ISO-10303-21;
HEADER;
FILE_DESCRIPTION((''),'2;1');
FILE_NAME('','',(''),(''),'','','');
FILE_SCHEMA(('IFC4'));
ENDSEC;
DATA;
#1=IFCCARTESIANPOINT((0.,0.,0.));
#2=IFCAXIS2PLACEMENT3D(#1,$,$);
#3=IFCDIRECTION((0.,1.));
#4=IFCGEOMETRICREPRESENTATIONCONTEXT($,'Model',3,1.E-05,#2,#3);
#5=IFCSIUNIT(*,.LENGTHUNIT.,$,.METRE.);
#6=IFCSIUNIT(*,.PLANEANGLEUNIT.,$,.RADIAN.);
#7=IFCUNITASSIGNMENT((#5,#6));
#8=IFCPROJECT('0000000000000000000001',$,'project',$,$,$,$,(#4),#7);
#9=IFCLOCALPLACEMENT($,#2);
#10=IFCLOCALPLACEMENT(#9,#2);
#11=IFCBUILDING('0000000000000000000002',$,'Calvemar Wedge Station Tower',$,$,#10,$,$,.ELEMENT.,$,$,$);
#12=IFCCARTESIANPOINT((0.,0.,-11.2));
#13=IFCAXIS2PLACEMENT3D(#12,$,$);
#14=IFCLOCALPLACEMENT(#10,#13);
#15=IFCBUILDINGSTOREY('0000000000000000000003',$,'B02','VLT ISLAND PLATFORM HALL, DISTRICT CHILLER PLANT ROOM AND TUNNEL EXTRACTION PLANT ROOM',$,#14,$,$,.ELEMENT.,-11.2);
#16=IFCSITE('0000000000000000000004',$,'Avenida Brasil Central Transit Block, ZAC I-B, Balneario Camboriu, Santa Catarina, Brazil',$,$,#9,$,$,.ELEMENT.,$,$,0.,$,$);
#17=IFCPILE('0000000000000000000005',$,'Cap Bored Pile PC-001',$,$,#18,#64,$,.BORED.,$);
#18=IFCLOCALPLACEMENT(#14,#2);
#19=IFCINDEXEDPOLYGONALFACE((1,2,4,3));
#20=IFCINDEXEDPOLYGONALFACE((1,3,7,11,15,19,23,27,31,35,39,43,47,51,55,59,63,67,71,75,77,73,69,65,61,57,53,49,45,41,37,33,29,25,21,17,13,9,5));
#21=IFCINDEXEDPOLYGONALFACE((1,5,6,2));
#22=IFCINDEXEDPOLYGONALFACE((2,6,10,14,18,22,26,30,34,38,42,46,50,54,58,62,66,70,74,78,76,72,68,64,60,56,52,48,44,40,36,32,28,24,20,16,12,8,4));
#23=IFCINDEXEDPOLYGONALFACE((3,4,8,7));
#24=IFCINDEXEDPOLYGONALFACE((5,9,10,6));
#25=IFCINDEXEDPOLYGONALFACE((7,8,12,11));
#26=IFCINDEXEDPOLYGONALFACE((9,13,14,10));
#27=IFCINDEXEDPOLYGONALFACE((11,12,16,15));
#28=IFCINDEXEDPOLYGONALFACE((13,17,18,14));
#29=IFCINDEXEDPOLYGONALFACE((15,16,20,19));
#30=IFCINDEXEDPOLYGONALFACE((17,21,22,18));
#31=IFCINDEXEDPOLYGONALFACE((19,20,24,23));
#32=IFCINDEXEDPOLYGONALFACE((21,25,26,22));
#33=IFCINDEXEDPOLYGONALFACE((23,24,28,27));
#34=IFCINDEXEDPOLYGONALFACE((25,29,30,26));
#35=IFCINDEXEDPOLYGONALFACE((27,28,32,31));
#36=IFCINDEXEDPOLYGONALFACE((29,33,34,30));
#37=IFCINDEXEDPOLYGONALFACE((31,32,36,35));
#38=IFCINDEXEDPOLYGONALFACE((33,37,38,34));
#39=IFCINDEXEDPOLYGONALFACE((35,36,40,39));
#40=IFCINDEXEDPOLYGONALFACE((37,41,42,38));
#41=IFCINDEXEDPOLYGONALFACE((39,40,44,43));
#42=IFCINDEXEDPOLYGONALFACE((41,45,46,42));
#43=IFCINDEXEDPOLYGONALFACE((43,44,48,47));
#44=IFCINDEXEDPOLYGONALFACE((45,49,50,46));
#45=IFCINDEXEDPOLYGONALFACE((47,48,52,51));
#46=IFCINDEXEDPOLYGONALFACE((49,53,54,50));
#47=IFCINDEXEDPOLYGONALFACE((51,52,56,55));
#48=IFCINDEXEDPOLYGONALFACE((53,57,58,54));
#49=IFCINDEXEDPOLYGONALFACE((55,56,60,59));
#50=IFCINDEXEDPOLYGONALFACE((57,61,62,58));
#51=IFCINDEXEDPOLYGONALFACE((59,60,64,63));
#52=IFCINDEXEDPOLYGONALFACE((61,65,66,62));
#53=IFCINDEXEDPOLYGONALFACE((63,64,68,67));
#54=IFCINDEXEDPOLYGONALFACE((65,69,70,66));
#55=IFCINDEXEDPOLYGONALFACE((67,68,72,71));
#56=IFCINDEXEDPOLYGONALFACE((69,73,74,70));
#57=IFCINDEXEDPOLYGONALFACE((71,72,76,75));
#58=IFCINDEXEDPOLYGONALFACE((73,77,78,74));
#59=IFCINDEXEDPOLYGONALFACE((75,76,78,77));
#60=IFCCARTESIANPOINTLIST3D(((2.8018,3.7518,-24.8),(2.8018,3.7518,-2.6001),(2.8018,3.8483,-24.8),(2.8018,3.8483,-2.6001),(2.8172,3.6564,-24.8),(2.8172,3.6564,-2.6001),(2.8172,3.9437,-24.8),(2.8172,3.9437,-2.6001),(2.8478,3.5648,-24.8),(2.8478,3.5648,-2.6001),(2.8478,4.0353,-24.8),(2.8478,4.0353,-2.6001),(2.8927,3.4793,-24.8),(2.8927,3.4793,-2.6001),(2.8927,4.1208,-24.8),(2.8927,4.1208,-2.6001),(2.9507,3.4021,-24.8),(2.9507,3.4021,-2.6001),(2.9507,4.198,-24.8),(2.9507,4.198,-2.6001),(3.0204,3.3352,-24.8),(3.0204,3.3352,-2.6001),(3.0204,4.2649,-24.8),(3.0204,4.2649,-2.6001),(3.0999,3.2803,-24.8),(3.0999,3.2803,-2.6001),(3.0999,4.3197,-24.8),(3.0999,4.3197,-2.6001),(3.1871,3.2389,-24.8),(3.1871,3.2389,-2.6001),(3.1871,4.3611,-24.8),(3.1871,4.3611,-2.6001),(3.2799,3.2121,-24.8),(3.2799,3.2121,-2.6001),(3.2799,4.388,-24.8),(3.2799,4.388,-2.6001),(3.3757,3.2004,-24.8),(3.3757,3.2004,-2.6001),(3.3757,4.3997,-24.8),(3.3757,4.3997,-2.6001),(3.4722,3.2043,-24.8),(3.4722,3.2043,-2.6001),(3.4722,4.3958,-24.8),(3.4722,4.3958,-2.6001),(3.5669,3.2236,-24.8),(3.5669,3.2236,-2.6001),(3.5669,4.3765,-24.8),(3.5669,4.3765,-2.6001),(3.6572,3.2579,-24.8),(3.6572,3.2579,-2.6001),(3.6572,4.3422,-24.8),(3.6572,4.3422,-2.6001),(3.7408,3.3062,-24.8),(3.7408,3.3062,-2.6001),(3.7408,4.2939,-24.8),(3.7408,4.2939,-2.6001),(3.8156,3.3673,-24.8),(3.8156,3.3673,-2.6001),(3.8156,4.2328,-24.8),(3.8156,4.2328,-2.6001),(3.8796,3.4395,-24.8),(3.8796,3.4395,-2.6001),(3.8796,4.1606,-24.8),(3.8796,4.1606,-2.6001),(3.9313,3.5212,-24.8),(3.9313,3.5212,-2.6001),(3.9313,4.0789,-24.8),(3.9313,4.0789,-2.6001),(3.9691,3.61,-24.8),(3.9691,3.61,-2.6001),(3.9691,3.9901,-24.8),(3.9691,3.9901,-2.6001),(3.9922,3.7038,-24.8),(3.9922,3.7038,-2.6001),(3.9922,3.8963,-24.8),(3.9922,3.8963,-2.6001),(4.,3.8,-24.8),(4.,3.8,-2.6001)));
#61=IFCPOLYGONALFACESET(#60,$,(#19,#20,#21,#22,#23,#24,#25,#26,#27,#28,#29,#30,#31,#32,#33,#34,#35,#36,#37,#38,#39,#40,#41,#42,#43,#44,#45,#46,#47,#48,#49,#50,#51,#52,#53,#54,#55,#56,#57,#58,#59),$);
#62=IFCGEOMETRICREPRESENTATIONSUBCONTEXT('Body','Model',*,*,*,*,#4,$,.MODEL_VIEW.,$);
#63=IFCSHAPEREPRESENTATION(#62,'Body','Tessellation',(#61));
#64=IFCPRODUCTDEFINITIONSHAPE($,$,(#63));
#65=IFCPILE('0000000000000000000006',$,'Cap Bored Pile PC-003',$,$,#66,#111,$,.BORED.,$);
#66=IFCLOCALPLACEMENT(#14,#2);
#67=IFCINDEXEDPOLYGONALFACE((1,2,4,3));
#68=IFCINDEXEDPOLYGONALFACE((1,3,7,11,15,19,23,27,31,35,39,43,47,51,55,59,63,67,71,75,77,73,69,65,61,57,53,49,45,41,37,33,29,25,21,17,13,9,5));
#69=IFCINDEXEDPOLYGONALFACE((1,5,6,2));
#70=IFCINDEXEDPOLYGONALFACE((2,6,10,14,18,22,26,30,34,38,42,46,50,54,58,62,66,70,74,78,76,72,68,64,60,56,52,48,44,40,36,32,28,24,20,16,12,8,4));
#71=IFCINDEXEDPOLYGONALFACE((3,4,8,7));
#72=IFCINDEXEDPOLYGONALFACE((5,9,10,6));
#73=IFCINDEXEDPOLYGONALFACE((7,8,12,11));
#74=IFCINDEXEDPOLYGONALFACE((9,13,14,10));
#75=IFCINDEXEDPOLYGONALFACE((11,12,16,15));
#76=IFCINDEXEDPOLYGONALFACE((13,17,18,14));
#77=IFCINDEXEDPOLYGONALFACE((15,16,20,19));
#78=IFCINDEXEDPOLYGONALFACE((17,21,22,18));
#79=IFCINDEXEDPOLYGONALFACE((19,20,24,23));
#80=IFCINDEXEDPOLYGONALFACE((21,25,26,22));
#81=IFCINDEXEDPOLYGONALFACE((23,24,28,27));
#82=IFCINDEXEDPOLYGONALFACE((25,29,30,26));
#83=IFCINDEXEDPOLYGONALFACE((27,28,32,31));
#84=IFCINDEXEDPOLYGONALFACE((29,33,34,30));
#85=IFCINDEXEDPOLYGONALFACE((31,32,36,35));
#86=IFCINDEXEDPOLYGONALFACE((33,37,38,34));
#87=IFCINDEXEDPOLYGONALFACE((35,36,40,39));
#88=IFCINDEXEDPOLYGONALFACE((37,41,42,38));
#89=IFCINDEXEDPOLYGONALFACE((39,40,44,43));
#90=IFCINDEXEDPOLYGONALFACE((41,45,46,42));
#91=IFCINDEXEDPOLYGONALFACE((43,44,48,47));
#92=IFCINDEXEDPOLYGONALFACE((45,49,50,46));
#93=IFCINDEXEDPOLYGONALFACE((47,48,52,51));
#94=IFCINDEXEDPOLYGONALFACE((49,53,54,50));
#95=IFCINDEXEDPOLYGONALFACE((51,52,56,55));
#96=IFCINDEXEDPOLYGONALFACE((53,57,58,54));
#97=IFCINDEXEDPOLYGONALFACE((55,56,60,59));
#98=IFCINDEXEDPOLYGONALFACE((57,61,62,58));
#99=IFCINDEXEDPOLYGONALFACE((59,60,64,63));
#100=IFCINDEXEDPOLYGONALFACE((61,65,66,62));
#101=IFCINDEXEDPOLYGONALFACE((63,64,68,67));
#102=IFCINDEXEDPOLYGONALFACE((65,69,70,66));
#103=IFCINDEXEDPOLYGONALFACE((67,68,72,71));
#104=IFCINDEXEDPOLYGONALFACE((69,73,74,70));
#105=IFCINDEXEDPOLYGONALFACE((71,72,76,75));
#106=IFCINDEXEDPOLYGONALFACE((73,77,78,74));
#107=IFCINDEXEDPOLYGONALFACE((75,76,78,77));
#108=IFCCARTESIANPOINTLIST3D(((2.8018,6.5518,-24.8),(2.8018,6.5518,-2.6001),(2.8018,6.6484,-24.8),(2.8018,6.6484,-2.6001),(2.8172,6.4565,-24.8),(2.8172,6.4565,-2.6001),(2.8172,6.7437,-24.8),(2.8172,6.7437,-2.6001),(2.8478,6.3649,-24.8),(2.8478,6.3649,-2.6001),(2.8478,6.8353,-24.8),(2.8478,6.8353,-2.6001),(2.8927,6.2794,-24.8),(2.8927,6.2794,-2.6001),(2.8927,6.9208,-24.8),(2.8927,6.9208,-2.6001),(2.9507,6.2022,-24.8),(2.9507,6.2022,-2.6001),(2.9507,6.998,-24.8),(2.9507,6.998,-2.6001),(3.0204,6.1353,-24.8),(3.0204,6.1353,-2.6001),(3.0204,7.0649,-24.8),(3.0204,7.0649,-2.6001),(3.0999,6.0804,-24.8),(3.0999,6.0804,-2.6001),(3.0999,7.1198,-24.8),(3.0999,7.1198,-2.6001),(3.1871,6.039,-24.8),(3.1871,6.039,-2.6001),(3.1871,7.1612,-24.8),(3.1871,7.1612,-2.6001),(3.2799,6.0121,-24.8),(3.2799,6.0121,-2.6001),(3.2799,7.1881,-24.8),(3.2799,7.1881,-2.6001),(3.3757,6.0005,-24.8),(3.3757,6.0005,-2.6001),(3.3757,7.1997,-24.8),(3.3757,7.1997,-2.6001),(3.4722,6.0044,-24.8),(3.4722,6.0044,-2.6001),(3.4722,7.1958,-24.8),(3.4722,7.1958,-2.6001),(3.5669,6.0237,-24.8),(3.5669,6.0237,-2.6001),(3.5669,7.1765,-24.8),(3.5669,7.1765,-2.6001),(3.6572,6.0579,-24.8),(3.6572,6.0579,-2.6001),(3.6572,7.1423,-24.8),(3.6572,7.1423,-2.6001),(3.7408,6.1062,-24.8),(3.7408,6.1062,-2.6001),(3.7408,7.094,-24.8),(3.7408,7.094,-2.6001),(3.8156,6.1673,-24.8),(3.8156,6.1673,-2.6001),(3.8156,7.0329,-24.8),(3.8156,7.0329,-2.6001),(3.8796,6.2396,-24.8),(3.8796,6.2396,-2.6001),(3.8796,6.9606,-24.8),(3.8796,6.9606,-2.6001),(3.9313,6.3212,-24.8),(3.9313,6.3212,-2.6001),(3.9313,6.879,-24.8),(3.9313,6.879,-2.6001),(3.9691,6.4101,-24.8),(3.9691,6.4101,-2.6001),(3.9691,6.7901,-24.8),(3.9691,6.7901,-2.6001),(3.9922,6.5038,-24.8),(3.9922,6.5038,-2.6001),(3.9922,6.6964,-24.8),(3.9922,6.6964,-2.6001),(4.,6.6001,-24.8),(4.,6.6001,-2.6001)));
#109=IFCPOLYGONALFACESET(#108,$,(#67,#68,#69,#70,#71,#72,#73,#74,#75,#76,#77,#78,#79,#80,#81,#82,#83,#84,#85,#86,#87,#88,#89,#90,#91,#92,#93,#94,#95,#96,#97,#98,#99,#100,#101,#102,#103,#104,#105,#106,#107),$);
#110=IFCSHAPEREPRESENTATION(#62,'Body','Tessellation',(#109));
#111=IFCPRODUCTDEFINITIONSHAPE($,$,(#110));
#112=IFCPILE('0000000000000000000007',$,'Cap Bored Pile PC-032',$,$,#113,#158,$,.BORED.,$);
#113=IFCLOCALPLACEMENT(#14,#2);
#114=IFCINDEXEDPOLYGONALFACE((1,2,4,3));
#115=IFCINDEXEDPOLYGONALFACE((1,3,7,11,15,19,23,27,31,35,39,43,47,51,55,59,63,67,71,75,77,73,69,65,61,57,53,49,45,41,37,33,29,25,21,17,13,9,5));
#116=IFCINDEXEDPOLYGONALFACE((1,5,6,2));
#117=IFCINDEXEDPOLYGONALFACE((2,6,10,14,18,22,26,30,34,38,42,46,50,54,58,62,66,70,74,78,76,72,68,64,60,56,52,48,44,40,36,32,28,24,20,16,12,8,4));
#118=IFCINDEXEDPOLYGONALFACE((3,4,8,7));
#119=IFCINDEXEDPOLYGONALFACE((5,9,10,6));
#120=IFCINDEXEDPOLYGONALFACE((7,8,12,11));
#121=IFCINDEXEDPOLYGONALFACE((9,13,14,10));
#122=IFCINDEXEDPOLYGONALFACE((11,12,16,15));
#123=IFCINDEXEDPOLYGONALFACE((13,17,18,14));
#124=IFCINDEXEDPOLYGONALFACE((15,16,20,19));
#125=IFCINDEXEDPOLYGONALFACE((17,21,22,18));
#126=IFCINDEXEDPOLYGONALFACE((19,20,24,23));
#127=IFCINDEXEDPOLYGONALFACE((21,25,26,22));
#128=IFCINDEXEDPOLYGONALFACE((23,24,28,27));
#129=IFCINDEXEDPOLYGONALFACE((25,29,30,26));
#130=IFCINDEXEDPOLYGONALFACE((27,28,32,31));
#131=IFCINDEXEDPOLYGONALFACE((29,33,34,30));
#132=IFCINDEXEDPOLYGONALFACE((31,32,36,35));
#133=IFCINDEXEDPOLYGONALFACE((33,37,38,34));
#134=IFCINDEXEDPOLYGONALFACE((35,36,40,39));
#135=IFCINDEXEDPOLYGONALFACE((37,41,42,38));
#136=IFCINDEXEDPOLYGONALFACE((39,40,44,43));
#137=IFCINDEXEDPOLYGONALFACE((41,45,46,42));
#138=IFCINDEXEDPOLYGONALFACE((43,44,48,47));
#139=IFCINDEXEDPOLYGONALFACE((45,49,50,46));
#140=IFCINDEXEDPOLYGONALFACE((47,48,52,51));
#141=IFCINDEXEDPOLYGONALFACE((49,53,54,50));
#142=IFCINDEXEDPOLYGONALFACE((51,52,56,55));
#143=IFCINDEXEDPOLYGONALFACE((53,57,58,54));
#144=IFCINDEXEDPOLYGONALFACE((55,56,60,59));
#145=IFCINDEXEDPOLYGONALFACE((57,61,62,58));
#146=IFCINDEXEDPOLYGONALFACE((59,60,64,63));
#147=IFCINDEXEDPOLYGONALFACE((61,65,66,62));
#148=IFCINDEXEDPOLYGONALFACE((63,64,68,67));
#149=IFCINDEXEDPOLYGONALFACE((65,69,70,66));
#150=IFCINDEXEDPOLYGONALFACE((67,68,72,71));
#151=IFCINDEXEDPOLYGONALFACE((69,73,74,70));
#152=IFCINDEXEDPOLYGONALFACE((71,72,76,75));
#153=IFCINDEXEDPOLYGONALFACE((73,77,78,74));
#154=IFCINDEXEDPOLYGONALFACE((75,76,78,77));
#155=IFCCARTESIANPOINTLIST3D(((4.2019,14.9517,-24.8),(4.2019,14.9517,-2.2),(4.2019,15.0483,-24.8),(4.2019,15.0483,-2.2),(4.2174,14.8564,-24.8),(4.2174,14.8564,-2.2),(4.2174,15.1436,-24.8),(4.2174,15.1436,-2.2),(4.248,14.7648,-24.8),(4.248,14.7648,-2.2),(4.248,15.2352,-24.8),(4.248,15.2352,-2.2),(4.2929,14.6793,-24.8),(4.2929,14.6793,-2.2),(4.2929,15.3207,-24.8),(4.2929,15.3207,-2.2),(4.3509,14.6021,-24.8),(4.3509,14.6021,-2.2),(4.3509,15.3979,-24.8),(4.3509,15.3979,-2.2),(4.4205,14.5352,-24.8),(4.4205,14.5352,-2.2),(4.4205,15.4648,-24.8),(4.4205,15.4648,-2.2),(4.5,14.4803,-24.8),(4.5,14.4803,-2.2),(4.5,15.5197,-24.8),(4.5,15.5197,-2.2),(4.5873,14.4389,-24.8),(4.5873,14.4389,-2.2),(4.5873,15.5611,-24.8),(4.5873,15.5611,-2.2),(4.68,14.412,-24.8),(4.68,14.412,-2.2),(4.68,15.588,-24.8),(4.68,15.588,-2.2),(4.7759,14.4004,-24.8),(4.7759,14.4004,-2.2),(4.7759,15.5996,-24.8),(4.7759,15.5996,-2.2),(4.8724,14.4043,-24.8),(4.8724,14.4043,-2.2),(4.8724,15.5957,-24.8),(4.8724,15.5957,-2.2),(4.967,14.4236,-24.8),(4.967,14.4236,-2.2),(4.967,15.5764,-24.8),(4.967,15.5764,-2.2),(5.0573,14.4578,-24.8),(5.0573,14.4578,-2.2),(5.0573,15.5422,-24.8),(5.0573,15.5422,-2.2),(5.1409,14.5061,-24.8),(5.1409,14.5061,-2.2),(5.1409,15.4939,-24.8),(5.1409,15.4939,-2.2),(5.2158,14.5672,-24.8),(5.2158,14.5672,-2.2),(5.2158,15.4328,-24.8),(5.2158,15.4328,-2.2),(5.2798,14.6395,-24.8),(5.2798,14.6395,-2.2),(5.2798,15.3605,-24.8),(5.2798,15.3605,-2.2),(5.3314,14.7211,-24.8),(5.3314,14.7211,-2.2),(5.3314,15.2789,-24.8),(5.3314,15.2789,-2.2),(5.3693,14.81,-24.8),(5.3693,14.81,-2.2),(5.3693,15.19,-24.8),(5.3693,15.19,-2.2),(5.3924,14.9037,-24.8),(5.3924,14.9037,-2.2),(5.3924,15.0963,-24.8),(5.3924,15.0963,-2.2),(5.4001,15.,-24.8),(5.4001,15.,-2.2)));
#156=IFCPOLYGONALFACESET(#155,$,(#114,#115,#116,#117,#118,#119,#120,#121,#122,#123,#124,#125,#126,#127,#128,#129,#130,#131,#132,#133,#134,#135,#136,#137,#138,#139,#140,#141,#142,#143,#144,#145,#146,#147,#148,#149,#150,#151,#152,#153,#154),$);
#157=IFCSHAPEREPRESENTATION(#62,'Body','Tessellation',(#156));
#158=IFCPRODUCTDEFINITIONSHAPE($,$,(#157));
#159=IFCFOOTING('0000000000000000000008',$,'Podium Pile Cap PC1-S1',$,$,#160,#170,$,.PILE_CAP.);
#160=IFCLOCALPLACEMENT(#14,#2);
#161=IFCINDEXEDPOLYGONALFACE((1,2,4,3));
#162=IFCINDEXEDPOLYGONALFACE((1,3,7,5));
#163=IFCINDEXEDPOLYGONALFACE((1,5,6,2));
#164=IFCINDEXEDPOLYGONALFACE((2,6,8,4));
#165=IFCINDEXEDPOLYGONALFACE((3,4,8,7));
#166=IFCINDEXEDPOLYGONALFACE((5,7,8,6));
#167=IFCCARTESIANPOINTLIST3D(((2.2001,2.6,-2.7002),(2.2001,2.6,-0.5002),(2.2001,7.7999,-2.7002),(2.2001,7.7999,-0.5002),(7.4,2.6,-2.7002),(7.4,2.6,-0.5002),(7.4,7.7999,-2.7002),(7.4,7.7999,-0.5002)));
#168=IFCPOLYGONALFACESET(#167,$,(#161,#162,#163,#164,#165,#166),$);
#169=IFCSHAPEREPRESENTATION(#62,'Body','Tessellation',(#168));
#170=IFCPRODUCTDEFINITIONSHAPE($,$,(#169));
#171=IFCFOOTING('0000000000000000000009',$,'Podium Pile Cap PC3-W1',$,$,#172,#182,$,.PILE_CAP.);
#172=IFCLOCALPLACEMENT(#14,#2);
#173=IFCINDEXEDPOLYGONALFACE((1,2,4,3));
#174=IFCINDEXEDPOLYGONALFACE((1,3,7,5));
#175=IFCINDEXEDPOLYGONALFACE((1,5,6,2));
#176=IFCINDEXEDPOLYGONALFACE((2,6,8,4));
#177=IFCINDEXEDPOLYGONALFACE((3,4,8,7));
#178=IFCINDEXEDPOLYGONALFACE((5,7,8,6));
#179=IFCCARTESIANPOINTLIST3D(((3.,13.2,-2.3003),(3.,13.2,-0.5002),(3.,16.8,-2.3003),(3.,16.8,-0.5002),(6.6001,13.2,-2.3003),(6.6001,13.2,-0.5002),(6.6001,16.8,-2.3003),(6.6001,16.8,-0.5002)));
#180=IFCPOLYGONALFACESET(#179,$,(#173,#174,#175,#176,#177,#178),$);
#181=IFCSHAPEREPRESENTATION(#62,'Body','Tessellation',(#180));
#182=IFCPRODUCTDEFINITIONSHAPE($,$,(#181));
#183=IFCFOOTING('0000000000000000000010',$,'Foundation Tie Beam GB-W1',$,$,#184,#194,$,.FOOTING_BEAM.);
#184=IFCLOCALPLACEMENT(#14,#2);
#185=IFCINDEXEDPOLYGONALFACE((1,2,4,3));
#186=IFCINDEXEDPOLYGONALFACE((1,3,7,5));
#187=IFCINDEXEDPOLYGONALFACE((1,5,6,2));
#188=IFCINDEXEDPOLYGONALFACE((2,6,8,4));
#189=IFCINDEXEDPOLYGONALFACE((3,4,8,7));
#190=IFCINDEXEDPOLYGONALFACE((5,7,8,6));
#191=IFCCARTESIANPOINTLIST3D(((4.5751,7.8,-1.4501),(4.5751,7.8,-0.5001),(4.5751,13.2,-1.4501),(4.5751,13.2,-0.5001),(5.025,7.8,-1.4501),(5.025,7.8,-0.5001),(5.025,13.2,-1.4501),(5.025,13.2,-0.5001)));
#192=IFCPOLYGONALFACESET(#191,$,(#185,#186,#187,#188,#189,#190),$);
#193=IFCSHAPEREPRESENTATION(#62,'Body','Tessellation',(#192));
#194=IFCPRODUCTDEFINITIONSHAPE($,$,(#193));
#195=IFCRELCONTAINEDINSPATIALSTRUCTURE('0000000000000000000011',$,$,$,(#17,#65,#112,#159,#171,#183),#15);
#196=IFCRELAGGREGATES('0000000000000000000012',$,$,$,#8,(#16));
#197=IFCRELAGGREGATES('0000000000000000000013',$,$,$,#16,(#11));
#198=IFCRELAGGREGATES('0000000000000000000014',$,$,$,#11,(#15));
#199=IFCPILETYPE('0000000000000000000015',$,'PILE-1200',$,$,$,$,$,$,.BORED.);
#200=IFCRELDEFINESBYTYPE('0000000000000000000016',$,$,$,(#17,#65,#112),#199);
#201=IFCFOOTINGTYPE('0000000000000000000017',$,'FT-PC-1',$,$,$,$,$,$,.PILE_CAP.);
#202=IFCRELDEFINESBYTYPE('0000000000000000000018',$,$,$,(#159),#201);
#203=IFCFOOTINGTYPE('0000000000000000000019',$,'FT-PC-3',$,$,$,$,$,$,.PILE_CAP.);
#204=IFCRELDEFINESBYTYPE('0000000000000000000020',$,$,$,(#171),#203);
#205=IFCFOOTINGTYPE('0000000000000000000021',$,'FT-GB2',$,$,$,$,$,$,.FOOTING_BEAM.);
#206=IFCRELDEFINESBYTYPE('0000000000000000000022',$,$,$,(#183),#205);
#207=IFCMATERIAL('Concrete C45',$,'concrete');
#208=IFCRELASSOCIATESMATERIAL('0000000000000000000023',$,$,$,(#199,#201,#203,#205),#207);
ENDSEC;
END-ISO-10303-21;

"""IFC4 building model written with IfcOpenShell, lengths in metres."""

from ifc_helpers import new_model, si_unit, direction, frame, origin, origin_2d, place, context, subcontext, project, spatial, rectangle, circle, extrude, source, transform, mapped, material, material_profile, profile_set, type_object, element, save


model = new_model("IFC4")

# Units and contexts
model_context = context("Model", 3, precision=1e-05, world=origin(), true_north=direction((0.0, 1.0)))
body_context = subcontext(model_context, "Body", "Model", "MODEL_VIEW")
ifc_project = project(units=[si_unit("LENGTHUNIT", "METRE"), si_unit("PLANEANGLEUNIT", "RADIAN")], contexts=[model_context])

# Site, building, storey
site_placement = place(None, origin())
site = spatial("IfcSite", under=ifc_project, at=site_placement, Name="Avenida Brasil Central Transit Block, ZAC I-B, Balneario Camboriu, Santa Catarina, Brazil", CompositionType="ELEMENT", RefElevation=0.0)
building_placement = place(site_placement, origin())
building = spatial("IfcBuilding", under=site, at=building_placement, Name="Calvemar Wedge Station Tower", CompositionType="ELEMENT")
storey_placement = place(building_placement, frame((0.0, 0.0, -11.2)))
storey = spatial("IfcBuildingStorey", under=building, at=storey_placement, Name="B02", Description="VLT ISLAND PLATFORM HALL, DISTRICT CHILLER PLANT ROOM AND TUNNEL EXTRACTION PLANT ROOM", CompositionType="ELEMENT", Elevation=-11.2)

# Piles
ifc_material_1 = material(Name="Concrete C45", Category="concrete")
ifc_material_profile_1 = material_profile(ifc_material_1, circle(Radius=0.6001, at=origin_2d()), Name="PILE-D1200")
ifc_profile_set_1 = profile_set([ifc_material_profile_1], Name="Concrete C45")
pile_type = type_object("IfcPileType", Name="PILE-1200", PredefinedType="BORED", material=ifc_profile_set_1)
for number, where, z_axis, x_axis, name in (
    (1, (3.3999, 3.8, -2.6001), (0.0, 0.0, -1.0), (1.0, 0.0, 0.0), "Cap Bored Pile PC-001"),
    (2, (3.3999, 6.6001, -2.6001), (0.0, 0.0, -1.0), (1.0, 0.0, 0.0), "Cap Bored Pile PC-003"),
):
    element("IfcPile", number, at=place(storey_placement, frame(where, z_axis=z_axis, x_axis=x_axis)), inside=storey, type_object=pile_type, Name=name, PredefinedType="BORED", context=body_context, shape_type="SweptSolid", body=[
        extrude(circle(Radius=0.6001, at=origin_2d()), origin(), (0.0, 0.0, 1.0), 22.2),
    ])
pile_placement = place(storey_placement, frame((4.8, 15.0, -2.2), z_axis=(0.0, 0.0, -1.0), x_axis=(1.0, 0.0, 0.0)))
element("IfcPile", 3, at=pile_placement, inside=storey, type_object=pile_type, Name="Cap Bored Pile PC-032", PredefinedType="BORED", context=body_context, shape_type="SweptSolid", body=[
    extrude(circle(Radius=0.6001, at=origin_2d()), origin(), (0.0, 0.0, 1.0), 22.6001),
])

# Footings
footing_type_1 = type_object("IfcFootingType", Name="FT-PC-1", PredefinedType="PILE_CAP", material=ifc_material_1)
shared_shape_1 = source(origin(), body_context, "Body", "SweptSolid", [
    extrude(rectangle(XDim=5.2, YDim=5.2, at=origin_2d()), origin(), (0.0, 0.0, 1.0), 2.2),
])
footing_1_placement = place(storey_placement, frame((4.8, 5.2, -2.7002), z_axis=(0.0, 0.0, 1.0), x_axis=(1.0, 0.0, 0.0)))
element("IfcFooting", 4, at=footing_1_placement, inside=storey, type_object=footing_type_1, Name="Podium Pile Cap PC1-S1", PredefinedType="PILE_CAP", context=body_context, shape_type="MappedRepresentation", body=[
    mapped(shared_shape_1, transform((0.0, 0.0, 0.0), scale=1.0)),
])
footing_type_2 = type_object("IfcFootingType", Name="FT-PC-3", PredefinedType="PILE_CAP", material=ifc_material_1)
shared_shape_2 = source(origin(), body_context, "Body", "SweptSolid", [
    extrude(rectangle(XDim=3.6001, YDim=3.6001, at=origin_2d()), origin(), (0.0, 0.0, 1.0), 1.8),
])
footing_2_placement = place(storey_placement, frame((4.8, 15.0, -2.3003), z_axis=(0.0, 0.0, 1.0), x_axis=(1.0, 0.0, 0.0)))
element("IfcFooting", 5, at=footing_2_placement, inside=storey, type_object=footing_type_2, Name="Podium Pile Cap PC3-W1", PredefinedType="PILE_CAP", context=body_context, shape_type="MappedRepresentation", body=[
    mapped(shared_shape_2, transform((0.0, 0.0, 0.0), scale=1.0)),
])
ifc_material_profile_2 = material_profile(ifc_material_1, rectangle(XDim=0.45, YDim=0.95, at=origin_2d()), Name="RC450x950")
ifc_profile_set_2 = profile_set([ifc_material_profile_2], Name="Concrete C45")
footing_type_3 = type_object("IfcFootingType", Name="FT-GB2", PredefinedType="FOOTING_BEAM", material=ifc_profile_set_2)
shared_shape_3 = source(origin(), body_context, "Body", "SweptSolid", [
    extrude(rectangle(XDim=0.45, YDim=0.95, at=origin_2d()), origin(), (0.0, 0.0, 1.0), 5.3999),
])
for number, where, z_axis, x_axis, name in (
    (6, (4.8, 7.8, -0.9751), (0.0, 1.0, 0.0), (-1.0, 0.0, 0.0), "Foundation Tie Beam GB-W1"),
):
    element("IfcFooting", number, at=place(storey_placement, frame(where, z_axis=z_axis, x_axis=x_axis)), inside=storey, type_object=footing_type_3, Name=name, PredefinedType="FOOTING_BEAM", context=body_context, shape_type="MappedRepresentation", body=[
        mapped(shared_shape_3, transform((0.0, 0.0, 0.0), scale=1.0)),
    ])

save(model, "model.ifc")
